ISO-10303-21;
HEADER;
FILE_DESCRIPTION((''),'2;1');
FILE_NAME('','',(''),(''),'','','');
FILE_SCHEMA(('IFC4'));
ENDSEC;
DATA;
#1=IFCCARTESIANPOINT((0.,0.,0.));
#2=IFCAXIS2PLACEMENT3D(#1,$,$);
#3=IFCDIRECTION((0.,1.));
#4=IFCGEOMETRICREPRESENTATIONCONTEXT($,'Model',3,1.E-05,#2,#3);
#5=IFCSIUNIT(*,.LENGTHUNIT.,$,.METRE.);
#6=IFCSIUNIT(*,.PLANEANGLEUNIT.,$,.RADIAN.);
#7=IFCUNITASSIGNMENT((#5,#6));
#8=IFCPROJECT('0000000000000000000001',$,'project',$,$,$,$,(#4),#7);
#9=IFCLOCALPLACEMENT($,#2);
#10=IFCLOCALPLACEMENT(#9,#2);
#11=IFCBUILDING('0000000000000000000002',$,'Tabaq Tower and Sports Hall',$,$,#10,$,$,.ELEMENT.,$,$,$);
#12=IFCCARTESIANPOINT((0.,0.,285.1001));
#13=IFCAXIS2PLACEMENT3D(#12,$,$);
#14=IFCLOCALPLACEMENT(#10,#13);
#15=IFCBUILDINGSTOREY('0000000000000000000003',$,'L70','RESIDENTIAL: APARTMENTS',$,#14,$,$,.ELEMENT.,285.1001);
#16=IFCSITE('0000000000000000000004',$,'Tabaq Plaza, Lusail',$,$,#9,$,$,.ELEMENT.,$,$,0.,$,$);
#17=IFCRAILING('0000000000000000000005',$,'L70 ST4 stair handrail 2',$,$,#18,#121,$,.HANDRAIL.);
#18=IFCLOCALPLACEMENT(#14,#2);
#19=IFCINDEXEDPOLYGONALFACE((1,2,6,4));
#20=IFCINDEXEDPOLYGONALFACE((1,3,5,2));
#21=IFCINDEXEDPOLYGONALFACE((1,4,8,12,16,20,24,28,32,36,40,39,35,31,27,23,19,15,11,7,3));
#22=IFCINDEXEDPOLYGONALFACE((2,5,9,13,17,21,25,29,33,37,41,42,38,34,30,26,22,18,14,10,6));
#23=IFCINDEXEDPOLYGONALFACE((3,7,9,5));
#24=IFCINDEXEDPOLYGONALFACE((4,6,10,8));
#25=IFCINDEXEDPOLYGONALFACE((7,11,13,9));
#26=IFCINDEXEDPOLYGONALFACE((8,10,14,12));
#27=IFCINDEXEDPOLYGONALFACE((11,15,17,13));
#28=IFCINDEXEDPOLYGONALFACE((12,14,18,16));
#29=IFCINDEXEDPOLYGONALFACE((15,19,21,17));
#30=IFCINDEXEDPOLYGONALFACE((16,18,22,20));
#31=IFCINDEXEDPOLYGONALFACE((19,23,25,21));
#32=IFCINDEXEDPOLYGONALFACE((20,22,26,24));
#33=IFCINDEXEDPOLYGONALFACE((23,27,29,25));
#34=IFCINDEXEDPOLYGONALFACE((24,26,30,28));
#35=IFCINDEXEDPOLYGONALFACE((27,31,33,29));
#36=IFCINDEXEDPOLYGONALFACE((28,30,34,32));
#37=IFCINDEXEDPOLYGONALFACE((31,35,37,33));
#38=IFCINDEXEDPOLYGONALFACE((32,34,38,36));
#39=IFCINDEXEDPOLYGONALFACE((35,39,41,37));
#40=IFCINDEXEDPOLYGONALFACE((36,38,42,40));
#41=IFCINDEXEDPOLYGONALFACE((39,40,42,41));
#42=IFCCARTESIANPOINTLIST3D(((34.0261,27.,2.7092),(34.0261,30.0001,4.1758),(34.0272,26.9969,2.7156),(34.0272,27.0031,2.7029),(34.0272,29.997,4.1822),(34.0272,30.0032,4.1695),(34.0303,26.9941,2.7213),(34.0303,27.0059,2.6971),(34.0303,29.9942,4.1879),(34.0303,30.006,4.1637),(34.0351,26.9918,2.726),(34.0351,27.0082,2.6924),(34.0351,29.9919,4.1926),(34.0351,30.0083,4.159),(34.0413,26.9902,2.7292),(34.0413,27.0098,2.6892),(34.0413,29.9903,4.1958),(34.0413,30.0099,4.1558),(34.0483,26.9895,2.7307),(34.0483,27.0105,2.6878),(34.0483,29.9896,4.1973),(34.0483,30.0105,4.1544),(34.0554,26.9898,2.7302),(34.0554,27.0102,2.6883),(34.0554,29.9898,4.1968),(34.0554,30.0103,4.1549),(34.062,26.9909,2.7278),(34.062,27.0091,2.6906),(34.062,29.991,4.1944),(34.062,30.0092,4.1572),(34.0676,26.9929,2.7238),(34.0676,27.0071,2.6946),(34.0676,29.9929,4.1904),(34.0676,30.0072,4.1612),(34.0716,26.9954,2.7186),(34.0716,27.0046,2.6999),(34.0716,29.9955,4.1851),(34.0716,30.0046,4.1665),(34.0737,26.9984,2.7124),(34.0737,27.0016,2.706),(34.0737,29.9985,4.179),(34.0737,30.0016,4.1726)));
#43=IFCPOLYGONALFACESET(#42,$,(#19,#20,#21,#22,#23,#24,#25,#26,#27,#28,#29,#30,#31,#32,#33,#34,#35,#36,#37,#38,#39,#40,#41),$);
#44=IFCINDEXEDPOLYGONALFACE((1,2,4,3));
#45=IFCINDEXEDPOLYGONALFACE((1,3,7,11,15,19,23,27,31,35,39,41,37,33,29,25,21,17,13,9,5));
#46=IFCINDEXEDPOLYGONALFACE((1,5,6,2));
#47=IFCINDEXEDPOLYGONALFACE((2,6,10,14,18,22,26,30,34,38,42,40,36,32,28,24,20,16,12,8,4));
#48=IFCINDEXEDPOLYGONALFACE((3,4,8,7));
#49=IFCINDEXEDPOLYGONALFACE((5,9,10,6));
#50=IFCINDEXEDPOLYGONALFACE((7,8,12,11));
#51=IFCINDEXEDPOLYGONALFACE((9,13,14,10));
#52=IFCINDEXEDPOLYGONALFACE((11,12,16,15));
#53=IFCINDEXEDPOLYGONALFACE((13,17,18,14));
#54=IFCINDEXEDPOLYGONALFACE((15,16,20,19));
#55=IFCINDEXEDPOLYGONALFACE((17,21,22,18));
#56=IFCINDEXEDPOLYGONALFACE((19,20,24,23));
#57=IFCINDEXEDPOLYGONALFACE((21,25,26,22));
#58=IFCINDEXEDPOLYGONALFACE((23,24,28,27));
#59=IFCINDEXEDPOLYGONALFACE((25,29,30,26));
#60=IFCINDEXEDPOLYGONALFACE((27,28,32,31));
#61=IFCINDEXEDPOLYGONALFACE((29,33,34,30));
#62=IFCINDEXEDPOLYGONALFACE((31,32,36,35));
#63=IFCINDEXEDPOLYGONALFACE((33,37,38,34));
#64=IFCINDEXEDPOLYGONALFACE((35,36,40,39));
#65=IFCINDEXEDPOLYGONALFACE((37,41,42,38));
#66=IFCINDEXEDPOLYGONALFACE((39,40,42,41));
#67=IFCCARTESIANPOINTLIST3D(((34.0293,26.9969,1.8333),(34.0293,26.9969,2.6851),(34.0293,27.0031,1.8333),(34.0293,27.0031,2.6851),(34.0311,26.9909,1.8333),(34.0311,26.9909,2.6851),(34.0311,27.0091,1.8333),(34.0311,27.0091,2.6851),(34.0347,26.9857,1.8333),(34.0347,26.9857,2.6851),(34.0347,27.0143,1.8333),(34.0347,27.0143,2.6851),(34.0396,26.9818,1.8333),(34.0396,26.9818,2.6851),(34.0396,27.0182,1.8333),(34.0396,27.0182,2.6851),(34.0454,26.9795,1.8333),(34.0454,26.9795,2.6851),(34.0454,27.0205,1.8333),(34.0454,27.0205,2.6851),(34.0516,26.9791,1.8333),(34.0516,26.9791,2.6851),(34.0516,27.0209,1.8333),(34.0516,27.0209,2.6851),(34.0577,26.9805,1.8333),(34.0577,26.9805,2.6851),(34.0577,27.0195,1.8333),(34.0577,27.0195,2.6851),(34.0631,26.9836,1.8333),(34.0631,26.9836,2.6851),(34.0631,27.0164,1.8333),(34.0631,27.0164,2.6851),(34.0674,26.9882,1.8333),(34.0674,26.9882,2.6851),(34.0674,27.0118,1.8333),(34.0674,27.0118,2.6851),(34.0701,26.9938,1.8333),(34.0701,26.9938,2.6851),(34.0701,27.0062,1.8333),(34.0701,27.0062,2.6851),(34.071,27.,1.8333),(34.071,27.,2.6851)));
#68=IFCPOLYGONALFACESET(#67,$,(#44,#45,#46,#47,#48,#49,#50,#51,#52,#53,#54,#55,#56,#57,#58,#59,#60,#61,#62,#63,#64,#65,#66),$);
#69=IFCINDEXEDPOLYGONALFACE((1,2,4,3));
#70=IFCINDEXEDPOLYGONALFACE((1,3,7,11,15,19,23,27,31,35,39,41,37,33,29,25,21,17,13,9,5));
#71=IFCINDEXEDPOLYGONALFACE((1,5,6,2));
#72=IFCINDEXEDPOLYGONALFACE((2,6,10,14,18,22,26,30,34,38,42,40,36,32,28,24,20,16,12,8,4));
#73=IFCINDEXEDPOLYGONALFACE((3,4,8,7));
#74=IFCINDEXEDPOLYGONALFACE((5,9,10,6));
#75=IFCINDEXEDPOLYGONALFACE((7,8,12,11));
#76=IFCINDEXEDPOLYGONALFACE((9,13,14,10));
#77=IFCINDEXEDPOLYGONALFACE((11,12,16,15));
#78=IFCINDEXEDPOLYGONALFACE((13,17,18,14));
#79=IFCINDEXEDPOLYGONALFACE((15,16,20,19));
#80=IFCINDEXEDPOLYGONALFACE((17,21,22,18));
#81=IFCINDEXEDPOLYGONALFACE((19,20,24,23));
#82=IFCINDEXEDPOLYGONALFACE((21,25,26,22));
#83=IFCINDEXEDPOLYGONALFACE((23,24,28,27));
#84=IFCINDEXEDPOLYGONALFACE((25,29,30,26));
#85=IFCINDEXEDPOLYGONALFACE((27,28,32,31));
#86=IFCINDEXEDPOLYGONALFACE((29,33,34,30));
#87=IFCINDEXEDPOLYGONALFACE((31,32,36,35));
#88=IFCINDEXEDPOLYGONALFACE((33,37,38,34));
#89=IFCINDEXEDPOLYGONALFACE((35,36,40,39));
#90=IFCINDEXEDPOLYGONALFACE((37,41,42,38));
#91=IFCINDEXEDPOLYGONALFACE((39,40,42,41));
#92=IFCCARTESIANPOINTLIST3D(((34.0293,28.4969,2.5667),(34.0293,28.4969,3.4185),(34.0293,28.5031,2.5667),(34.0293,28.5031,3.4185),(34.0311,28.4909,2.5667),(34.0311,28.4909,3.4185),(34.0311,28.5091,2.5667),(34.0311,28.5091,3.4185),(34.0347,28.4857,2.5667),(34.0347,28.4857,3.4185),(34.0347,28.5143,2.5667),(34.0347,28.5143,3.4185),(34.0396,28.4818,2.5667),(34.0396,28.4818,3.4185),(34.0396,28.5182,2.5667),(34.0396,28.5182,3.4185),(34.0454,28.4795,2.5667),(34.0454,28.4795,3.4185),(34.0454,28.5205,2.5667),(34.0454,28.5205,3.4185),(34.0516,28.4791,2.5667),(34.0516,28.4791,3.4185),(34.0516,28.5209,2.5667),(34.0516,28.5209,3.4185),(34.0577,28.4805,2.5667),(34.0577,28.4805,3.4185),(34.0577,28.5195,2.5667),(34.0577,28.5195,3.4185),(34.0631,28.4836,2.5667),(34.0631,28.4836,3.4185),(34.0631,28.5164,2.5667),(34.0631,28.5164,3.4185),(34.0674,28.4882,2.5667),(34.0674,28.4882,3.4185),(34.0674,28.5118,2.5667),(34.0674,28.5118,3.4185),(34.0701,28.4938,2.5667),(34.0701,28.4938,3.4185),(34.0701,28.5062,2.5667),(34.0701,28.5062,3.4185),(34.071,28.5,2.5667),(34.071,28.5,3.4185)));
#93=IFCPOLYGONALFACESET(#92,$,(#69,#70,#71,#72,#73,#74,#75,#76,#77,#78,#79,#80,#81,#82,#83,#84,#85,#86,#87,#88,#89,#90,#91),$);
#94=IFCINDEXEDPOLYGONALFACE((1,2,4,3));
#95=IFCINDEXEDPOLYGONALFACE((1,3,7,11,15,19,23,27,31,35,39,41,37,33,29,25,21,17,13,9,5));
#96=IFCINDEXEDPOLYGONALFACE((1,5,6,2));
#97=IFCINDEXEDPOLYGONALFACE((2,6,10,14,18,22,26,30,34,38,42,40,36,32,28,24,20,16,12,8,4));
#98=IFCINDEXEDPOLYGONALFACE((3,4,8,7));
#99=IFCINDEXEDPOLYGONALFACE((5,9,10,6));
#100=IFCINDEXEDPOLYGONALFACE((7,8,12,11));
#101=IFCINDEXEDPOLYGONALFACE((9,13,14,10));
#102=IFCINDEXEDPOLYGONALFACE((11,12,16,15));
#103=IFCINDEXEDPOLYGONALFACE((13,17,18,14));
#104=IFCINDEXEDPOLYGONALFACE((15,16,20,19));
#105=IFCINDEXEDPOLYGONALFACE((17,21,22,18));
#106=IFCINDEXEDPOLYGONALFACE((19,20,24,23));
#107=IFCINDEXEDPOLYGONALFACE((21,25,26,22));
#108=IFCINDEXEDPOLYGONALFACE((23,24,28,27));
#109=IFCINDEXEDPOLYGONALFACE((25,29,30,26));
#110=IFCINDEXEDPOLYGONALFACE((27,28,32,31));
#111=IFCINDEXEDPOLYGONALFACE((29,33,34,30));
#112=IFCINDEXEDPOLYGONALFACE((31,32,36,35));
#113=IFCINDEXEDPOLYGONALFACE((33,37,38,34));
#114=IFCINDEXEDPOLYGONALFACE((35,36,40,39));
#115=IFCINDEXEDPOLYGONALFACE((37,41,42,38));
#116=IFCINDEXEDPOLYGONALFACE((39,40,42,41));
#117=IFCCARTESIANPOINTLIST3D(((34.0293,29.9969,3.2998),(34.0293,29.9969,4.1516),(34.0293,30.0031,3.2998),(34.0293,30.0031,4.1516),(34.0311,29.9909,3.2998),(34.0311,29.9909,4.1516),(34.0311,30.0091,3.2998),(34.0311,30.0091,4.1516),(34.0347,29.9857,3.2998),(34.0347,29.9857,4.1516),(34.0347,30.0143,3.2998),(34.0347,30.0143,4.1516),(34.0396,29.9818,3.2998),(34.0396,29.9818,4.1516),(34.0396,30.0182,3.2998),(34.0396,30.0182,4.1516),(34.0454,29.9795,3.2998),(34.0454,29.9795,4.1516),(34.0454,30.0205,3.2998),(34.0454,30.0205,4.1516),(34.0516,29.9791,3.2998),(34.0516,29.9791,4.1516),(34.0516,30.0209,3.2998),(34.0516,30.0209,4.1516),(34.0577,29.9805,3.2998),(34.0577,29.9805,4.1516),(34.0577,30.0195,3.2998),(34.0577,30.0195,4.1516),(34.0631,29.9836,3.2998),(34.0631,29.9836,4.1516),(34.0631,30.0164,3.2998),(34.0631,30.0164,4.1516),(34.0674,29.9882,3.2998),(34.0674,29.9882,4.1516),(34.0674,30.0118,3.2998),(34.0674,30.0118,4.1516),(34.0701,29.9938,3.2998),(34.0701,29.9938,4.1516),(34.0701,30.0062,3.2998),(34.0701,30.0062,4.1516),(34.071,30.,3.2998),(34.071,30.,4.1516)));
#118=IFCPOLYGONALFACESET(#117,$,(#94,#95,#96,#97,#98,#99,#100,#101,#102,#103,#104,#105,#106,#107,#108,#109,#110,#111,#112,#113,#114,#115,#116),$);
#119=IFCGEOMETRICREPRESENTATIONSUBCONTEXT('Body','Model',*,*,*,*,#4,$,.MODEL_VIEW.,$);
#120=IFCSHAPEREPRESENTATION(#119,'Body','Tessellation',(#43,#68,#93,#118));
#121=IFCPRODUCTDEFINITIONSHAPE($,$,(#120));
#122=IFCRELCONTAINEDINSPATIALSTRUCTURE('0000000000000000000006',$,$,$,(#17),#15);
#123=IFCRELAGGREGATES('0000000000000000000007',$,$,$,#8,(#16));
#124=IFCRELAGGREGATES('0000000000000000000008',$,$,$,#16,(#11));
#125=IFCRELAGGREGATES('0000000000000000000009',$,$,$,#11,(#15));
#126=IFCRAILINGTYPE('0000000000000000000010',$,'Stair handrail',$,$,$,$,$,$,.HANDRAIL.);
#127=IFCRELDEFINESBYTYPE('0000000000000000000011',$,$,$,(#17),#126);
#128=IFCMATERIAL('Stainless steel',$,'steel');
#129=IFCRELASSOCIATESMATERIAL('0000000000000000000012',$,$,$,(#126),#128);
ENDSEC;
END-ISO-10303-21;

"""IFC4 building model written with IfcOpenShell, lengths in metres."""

from ifc_helpers import new_model, si_unit, direction, frame, origin, origin_2d, place, context, subcontext, project, spatial, circle, extrude, material, type_object, element, save


model = new_model("IFC4")

# Units and contexts
model_context = context("Model", 3, precision=1e-05, world=origin(), true_north=direction((0.0, 1.0)))
body_context = subcontext(model_context, "Body", "Model", "MODEL_VIEW")
ifc_project = project(units=[si_unit("LENGTHUNIT", "METRE"), si_unit("PLANEANGLEUNIT", "RADIAN")], contexts=[model_context])

# Site, building, storey
site_placement = place(None, origin())
site = spatial("IfcSite", under=ifc_project, at=site_placement, Name="Tabaq Plaza, Lusail", CompositionType="ELEMENT", RefElevation=0.0)
building_placement = place(site_placement, origin())
building = spatial("IfcBuilding", under=site, at=building_placement, Name="Tabaq Tower and Sports Hall", CompositionType="ELEMENT")
storey_placement = place(building_placement, frame((0.0, 0.0, 285.1001)))
storey = spatial("IfcBuildingStorey", under=building, at=storey_placement, Name="L70", Description="RESIDENTIAL: APARTMENTS", CompositionType="ELEMENT", Elevation=285.1001)

# Railing
ifc_material_1 = material(Name="Stainless steel", Category="steel")
railing_type_1 = type_object("IfcRailingType", Name="Stair handrail", PredefinedType="HANDRAIL", material=ifc_material_1)
railing_1_placement = place(storey_placement, frame((34.05, 27.0, 1.8333)))
element("IfcRailing", 1, at=railing_1_placement, inside=storey, type_object=railing_type_1, Name="L70 ST4 stair handrail 2", PredefinedType="HANDRAIL", context=body_context, shape_type="SweptSolid", body=[
    extrude(circle(Radius=0.0239, at=origin_2d()), frame((0.0, 0.0, 0.876), z_axis=(0.0, 0.898398, 0.439183), x_axis=(-1.0, 0.0, 0.0)), (0.0, 0.0, 1.0), 3.3394),
    extrude(circle(Radius=0.021, at=origin_2d()), origin(), (0.0, 0.0, 1.0), 0.8518),
    extrude(circle(Radius=0.021, at=origin_2d()), frame((0.0, 1.5, 0.7334)), (0.0, 0.0, 1.0), 0.8518),
    extrude(circle(Radius=0.021, at=origin_2d()), frame((0.0, 3.0, 1.4666)), (0.0, 0.0, 1.0), 0.8518),
])

save(model, "model.ifc")
